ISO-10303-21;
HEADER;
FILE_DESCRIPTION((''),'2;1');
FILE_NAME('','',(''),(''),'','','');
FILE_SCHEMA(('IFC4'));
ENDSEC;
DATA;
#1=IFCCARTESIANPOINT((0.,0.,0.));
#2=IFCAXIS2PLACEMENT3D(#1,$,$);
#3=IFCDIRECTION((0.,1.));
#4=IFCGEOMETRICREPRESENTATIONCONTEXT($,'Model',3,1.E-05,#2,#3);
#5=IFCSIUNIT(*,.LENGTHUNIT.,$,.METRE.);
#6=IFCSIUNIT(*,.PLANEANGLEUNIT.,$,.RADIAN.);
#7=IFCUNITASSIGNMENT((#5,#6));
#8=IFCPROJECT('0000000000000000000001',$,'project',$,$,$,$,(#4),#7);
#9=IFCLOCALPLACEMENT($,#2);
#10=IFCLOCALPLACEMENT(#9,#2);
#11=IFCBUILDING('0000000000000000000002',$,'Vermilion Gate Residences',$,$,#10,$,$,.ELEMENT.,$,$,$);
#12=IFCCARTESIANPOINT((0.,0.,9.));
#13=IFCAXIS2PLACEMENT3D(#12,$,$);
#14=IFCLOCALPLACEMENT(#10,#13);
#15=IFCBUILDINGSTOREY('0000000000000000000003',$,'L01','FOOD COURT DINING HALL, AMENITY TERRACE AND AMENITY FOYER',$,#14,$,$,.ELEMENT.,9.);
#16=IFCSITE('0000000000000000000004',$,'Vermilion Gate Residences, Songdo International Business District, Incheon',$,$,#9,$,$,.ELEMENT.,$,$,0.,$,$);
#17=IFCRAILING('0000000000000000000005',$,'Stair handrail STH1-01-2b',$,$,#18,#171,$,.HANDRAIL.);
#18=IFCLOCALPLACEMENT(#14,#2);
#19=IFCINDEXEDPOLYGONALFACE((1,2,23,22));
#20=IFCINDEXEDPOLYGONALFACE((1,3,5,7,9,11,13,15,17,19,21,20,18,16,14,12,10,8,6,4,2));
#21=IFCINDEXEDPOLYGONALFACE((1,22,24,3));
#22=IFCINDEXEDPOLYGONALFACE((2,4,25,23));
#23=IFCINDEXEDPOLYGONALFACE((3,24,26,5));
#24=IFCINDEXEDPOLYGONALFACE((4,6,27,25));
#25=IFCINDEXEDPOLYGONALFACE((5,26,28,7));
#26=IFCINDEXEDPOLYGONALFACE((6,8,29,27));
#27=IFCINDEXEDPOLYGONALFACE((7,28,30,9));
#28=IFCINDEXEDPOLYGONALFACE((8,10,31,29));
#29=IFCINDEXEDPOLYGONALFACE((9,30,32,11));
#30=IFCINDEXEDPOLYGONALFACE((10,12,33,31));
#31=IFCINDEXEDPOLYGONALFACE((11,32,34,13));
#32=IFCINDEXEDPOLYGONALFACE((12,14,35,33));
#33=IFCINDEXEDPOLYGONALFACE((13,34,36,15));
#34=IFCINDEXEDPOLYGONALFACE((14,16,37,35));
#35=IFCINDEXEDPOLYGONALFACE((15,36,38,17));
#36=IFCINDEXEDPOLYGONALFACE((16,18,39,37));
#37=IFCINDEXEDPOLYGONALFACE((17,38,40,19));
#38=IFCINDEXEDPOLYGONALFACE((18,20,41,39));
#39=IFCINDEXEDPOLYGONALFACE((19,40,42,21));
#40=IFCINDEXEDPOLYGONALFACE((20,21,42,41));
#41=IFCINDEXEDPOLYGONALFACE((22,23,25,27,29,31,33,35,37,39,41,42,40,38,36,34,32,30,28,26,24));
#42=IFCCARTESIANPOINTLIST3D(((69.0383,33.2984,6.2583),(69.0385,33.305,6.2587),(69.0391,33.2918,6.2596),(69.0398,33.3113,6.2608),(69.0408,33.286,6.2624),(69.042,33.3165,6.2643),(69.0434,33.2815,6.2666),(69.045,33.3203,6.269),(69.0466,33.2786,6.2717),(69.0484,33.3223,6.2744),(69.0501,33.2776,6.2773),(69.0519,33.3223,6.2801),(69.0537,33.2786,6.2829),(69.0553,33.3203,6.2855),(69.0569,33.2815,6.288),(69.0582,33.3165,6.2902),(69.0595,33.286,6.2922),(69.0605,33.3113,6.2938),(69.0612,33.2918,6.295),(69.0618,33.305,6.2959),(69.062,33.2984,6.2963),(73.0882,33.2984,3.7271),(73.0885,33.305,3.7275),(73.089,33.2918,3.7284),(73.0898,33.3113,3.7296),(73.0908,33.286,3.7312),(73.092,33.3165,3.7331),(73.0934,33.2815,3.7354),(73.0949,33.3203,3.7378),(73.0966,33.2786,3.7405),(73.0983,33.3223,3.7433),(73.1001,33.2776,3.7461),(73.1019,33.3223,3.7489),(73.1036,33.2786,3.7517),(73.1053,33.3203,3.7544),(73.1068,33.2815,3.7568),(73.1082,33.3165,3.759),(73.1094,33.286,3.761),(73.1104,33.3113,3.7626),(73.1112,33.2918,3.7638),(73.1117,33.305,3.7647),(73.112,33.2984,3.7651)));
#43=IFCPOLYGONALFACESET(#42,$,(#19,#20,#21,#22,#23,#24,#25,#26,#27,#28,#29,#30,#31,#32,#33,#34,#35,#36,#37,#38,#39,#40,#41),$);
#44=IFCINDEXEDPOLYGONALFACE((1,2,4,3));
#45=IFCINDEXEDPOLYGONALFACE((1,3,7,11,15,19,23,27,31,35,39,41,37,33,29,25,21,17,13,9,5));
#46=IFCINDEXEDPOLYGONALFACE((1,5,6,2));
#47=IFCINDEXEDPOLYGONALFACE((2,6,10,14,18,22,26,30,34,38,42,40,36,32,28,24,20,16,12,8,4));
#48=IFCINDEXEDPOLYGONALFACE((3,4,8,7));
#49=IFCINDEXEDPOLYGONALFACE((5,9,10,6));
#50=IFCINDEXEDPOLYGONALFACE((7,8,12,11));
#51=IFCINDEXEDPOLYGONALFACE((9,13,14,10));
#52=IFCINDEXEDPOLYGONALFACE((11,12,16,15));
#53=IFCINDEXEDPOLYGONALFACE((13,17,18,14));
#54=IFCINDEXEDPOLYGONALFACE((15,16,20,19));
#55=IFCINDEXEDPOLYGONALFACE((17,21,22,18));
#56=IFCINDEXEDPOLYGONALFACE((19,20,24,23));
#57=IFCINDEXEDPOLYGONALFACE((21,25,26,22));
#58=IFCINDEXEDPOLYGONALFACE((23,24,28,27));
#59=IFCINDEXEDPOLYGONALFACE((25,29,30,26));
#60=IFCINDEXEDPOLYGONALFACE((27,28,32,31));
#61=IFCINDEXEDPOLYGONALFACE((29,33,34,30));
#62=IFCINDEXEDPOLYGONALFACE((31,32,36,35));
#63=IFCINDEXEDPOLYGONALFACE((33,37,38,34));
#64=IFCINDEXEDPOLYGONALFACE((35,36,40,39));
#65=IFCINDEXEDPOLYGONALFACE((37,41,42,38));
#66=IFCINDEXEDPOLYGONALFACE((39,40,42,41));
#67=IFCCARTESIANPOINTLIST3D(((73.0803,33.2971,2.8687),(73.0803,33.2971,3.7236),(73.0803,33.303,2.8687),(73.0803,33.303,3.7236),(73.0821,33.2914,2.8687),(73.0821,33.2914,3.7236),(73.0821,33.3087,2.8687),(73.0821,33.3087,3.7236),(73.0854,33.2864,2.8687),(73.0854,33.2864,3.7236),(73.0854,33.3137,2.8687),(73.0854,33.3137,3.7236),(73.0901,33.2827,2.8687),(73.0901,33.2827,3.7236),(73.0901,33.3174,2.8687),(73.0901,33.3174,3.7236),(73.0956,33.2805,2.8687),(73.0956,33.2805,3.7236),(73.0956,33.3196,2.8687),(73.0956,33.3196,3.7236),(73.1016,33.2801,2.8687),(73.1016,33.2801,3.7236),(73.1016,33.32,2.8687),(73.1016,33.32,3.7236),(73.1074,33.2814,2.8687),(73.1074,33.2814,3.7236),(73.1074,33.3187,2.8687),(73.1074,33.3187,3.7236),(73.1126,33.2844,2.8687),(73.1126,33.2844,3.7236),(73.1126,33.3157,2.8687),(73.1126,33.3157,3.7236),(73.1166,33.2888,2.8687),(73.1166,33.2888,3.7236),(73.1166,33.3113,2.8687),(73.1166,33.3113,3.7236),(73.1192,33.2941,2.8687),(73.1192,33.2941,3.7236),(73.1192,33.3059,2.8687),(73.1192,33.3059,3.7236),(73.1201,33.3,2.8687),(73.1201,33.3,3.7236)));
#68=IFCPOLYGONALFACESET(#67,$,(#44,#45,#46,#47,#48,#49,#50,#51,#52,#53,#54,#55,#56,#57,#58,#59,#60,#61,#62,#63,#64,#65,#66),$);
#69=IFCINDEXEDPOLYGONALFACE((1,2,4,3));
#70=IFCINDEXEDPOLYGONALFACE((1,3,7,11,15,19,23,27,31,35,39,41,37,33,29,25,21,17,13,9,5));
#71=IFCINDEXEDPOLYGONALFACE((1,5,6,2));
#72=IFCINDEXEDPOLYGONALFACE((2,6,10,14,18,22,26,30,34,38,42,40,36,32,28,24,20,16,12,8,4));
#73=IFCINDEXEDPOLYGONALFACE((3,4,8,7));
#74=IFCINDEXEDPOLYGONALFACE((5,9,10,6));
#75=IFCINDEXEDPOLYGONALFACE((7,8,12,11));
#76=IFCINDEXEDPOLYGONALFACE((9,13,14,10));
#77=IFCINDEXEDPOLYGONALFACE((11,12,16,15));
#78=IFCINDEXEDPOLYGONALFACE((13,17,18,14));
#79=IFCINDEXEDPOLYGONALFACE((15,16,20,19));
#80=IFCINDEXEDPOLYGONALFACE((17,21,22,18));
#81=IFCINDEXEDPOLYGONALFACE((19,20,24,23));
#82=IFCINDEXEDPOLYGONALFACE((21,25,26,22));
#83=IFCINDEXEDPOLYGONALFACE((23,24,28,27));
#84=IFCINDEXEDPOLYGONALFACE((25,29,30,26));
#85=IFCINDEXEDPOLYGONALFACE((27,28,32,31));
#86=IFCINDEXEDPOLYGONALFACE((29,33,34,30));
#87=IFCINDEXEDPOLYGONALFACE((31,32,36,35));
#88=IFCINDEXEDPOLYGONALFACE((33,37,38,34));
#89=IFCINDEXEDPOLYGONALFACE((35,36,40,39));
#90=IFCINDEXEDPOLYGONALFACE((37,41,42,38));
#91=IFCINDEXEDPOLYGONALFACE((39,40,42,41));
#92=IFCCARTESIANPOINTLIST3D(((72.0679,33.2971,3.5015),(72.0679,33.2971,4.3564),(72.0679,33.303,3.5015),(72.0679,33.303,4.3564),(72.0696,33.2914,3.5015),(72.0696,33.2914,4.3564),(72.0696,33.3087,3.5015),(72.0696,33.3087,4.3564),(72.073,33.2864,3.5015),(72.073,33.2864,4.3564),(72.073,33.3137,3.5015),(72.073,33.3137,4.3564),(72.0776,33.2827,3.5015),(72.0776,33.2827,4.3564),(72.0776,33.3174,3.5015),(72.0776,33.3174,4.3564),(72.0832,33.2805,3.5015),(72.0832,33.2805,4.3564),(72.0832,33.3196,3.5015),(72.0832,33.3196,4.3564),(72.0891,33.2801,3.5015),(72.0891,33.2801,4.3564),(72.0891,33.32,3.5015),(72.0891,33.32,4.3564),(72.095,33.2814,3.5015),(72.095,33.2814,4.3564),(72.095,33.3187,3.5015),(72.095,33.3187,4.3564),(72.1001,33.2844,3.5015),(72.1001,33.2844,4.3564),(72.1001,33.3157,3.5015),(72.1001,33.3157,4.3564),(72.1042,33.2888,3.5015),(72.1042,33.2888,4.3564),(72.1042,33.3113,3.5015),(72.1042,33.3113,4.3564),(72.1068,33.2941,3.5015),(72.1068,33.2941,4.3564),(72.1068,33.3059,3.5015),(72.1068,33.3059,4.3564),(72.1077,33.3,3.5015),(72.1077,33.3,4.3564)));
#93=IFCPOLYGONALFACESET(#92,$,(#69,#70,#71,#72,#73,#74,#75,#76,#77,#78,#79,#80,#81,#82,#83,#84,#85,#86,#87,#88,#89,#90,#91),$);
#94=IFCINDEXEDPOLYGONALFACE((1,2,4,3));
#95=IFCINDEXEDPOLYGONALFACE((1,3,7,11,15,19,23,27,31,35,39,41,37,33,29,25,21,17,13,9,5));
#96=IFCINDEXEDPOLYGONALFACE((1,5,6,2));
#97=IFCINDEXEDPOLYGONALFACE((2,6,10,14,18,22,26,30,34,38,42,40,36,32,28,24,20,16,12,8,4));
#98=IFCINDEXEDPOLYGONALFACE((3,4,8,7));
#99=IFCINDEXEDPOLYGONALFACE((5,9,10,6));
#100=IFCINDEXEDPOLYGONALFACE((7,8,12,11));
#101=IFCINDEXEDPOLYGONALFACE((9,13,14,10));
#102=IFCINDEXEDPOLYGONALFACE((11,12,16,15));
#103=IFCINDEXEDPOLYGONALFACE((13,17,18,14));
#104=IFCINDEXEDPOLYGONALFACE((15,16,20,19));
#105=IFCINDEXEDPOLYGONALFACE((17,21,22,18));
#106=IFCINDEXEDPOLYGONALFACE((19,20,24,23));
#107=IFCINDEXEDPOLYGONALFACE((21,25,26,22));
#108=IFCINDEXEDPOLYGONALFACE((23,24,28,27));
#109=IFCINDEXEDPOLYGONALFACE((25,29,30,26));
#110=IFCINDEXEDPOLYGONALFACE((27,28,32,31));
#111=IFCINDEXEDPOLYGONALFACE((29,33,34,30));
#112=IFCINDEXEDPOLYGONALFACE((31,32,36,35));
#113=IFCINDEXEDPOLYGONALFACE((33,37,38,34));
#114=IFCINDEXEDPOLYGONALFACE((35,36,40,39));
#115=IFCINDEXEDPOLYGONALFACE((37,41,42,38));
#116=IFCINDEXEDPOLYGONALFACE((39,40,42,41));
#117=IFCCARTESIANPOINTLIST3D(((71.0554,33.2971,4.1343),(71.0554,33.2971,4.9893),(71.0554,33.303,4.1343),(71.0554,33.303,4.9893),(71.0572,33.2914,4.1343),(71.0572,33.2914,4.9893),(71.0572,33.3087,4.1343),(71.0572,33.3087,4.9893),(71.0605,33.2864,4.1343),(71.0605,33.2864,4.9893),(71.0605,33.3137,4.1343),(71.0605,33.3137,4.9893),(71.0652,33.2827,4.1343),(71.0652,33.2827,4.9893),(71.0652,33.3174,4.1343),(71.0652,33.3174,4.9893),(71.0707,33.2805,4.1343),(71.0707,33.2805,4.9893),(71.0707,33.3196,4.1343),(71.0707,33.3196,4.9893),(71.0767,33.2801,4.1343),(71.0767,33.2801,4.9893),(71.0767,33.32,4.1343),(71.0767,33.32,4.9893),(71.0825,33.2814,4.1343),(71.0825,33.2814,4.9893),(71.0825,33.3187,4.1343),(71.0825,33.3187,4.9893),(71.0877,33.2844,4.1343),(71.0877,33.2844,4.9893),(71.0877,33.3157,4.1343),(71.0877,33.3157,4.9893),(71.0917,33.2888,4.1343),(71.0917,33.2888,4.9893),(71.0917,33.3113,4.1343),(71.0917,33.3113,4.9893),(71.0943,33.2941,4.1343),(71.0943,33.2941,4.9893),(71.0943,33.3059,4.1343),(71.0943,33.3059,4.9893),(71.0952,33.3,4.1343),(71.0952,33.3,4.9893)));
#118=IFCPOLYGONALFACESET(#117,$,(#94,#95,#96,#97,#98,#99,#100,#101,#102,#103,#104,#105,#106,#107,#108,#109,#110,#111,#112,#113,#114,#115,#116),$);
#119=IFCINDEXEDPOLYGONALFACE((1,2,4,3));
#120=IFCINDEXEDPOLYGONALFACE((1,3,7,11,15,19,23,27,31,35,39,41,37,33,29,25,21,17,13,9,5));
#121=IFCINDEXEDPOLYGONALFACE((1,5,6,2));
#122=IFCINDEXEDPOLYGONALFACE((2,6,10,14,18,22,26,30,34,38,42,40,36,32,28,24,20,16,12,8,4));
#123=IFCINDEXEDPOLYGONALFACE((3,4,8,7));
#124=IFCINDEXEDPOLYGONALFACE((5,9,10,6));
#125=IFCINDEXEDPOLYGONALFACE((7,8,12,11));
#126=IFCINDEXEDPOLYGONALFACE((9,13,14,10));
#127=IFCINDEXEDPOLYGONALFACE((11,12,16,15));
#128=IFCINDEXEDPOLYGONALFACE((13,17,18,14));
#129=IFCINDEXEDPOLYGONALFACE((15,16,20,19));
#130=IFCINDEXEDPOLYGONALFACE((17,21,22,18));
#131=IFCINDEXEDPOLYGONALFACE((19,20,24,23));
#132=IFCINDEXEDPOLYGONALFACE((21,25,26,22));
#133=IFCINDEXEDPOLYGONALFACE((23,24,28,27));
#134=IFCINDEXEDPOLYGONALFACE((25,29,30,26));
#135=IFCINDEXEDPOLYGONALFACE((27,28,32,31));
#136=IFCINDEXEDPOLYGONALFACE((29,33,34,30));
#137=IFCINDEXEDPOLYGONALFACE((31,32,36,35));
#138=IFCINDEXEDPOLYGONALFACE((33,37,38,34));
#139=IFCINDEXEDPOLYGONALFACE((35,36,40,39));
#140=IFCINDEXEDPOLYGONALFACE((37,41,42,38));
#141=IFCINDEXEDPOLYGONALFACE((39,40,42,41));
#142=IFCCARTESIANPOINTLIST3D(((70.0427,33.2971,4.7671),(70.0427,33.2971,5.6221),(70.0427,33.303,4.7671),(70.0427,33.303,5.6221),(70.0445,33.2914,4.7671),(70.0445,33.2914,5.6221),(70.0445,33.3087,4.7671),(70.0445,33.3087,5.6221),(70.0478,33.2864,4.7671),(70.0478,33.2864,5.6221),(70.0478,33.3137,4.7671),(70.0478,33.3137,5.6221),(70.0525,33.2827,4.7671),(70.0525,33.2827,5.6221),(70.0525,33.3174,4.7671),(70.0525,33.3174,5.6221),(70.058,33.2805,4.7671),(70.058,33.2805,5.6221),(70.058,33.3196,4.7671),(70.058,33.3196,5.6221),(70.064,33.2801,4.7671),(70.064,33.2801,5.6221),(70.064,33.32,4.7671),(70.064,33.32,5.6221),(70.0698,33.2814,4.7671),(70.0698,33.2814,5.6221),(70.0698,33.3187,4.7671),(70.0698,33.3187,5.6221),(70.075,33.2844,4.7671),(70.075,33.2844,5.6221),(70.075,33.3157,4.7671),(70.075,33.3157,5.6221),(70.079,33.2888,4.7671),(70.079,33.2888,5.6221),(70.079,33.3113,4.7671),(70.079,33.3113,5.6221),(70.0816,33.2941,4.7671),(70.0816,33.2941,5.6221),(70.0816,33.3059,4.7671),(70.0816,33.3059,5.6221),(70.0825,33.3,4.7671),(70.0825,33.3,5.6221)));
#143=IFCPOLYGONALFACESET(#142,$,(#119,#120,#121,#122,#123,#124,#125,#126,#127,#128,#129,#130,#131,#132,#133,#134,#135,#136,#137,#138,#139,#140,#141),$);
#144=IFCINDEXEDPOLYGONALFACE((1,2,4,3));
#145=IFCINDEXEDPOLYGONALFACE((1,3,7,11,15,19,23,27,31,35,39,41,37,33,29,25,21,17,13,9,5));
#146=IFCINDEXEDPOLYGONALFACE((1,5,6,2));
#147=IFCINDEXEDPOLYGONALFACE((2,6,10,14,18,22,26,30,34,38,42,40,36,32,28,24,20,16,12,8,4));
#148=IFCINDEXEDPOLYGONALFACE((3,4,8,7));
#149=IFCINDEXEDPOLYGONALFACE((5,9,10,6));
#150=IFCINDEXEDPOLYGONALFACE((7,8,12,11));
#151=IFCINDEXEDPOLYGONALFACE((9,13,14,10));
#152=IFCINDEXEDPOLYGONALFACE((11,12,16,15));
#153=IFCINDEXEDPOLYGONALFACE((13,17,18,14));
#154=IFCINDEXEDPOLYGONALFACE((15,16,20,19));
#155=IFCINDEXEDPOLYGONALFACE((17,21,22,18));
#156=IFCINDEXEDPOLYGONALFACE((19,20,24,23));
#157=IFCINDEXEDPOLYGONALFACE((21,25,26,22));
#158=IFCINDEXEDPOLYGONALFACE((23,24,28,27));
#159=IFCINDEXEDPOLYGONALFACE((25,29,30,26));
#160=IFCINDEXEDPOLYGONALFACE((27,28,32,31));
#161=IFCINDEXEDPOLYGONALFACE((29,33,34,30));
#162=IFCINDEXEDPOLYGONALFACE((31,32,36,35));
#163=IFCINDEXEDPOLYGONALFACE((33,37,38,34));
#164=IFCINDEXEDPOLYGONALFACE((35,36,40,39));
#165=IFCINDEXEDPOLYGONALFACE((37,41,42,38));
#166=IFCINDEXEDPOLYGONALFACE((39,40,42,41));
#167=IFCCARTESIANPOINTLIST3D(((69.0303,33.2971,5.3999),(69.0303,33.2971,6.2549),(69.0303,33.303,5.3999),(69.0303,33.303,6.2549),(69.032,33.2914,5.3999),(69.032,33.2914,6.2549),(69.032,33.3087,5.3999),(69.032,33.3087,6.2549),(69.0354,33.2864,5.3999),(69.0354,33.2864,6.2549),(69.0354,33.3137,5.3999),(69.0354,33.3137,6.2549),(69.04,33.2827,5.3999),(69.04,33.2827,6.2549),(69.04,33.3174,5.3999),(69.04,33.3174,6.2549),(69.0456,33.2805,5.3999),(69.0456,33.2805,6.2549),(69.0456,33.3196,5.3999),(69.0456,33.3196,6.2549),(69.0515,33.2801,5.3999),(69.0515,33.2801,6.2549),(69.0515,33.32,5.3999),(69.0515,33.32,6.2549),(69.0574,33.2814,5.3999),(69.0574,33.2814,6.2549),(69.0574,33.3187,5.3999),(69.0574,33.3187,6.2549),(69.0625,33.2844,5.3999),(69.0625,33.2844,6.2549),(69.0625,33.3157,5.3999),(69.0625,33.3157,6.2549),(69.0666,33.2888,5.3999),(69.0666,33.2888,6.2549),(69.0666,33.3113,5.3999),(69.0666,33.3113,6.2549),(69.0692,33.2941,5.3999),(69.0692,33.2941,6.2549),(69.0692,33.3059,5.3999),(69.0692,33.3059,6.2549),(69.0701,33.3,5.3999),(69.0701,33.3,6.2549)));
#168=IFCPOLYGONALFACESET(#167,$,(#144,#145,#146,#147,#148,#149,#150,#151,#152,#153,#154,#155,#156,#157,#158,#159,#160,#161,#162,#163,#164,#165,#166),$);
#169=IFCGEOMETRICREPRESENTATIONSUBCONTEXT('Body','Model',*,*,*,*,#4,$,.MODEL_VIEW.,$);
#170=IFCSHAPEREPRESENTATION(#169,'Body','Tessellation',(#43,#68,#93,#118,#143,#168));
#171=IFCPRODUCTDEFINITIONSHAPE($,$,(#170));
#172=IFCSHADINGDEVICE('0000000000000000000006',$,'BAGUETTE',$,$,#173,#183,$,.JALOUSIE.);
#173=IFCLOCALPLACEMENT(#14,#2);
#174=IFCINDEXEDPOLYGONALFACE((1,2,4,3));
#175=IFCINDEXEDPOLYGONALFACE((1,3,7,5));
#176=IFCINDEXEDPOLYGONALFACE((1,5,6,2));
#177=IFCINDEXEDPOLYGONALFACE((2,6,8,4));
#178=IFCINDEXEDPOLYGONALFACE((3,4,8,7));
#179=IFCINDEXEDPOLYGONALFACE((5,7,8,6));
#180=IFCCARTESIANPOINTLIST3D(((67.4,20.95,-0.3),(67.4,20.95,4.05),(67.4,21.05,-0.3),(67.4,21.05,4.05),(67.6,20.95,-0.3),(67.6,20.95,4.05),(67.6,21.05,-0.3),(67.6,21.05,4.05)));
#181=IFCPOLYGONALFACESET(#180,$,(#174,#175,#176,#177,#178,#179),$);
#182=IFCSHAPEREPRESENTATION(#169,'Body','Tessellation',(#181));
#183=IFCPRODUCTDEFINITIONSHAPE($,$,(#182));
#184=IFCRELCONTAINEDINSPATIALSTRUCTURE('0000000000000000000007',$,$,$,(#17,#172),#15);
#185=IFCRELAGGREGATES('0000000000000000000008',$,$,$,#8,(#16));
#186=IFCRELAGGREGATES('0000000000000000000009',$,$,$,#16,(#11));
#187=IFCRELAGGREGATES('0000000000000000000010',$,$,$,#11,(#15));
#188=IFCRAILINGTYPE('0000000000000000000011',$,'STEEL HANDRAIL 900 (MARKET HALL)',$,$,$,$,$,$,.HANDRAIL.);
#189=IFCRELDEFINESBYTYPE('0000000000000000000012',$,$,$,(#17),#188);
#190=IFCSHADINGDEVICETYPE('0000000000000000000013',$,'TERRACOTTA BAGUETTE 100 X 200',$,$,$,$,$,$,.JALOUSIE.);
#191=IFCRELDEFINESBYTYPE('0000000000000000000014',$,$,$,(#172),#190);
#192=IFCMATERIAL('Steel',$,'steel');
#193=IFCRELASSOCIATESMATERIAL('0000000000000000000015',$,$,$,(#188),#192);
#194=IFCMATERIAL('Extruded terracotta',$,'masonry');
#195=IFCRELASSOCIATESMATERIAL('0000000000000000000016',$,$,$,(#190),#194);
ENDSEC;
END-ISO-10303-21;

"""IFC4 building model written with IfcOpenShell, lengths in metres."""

from ifc_helpers import new_model, si_unit, direction, frame, origin, origin_2d, place, context, subcontext, project, spatial, rectangle, circle, extrude, material, material_profile, profile_set, type_object, element, save


model = new_model("IFC4")

# Units and contexts
model_context = context("Model", 3, precision=1e-05, world=origin(), true_north=direction((0.0, 1.0)))
body_context = subcontext(model_context, "Body", "Model", "MODEL_VIEW")
ifc_project = project(units=[si_unit("LENGTHUNIT", "METRE"), si_unit("PLANEANGLEUNIT", "RADIAN")], contexts=[model_context])

# Site, building, storey
site_placement = place(None, origin())
site = spatial("IfcSite", under=ifc_project, at=site_placement, Name="Vermilion Gate Residences, Songdo International Business District, Incheon", CompositionType="ELEMENT", RefElevation=0.0)
building_placement = place(site_placement, origin())
building = spatial("IfcBuilding", under=site, at=building_placement, Name="Vermilion Gate Residences", CompositionType="ELEMENT")
storey_placement = place(building_placement, frame((0.0, 0.0, 9.0)))
storey = spatial("IfcBuildingStorey", under=building, at=storey_placement, Name="L01", Description="FOOD COURT DINING HALL, AMENITY TERRACE AND AMENITY FOYER", CompositionType="ELEMENT", Elevation=9.0)

# Railing
ifc_material_1 = material(Name="Steel", Category="steel")
railing_type = type_object("IfcRailingType", Name="STEEL HANDRAIL 900 (MARKET HALL)", PredefinedType="HANDRAIL", material=ifc_material_1)
for number, where, name in (
    (1, (73.1001, 33.3, 2.8687), "Stair handrail STH1-01-2b"),
):
    element("IfcRailing", number, at=place(storey_placement, frame(where)), inside=storey, type_object=railing_type, Name=name, PredefinedType="HANDRAIL", context=body_context, shape_type="SweptSolid", body=[
        extrude(circle(Radius=0.0225, at=origin_2d()), frame((0.0, 0.0, 0.8774), z_axis=(-0.848001, 0.0, 0.529994), x_axis=(0.0, -1.0, 0.0)), (0.0, 0.0, 1.0), 4.7759),
        extrude(circle(Radius=0.02, at=origin_2d()), origin(), (0.0, 0.0, 1.0), 0.855),
        extrude(circle(Radius=0.02, at=origin_2d()), frame((-1.0125, 0.0, 0.6328)), (0.0, 0.0, 1.0), 0.855),
        extrude(circle(Radius=0.02, at=origin_2d()), frame((-2.0249, 0.0, 1.2656)), (0.0, 0.0, 1.0), 0.855),
        extrude(circle(Radius=0.02, at=origin_2d()), frame((-3.0376, 0.0, 1.8984)), (0.0, 0.0, 1.0), 0.855),
        extrude(circle(Radius=0.02, at=origin_2d()), frame((-4.05, 0.0, 2.5312)), (0.0, 0.0, 1.0), 0.855),
    ])

# Shading device
ifc_material_2 = material(Name="Extruded terracotta", Category="masonry")
ifc_material_profile_1 = material_profile(ifc_material_2, rectangle(XDim=0.2, YDim=0.1001, at=origin_2d()), Name="BAGUETTE 100 X 200")
ifc_profile_set_1 = profile_set([ifc_material_profile_1], Name="Extruded terracotta")
shading_device_type = type_object("IfcShadingDeviceType", Name="TERRACOTTA BAGUETTE 100 X 200", PredefinedType="JALOUSIE", material=ifc_profile_set_1)
shading_device_placement = place(storey_placement, frame((67.5, 21.0, -0.3), z_axis=(0.0, 0.0, 1.0), x_axis=(-1.0, 0.0, 0.0)))
element("IfcShadingDevice", 2, at=shading_device_placement, inside=storey, type_object=shading_device_type, Name="BAGUETTE", PredefinedType="JALOUSIE", context=body_context, shape_type="SweptSolid", body=[
    extrude(rectangle(XDim=0.2, YDim=0.1001, at=origin_2d()), origin(), (0.0, 0.0, 1.0), 4.3501),
])

save(model, "model.ifc")
